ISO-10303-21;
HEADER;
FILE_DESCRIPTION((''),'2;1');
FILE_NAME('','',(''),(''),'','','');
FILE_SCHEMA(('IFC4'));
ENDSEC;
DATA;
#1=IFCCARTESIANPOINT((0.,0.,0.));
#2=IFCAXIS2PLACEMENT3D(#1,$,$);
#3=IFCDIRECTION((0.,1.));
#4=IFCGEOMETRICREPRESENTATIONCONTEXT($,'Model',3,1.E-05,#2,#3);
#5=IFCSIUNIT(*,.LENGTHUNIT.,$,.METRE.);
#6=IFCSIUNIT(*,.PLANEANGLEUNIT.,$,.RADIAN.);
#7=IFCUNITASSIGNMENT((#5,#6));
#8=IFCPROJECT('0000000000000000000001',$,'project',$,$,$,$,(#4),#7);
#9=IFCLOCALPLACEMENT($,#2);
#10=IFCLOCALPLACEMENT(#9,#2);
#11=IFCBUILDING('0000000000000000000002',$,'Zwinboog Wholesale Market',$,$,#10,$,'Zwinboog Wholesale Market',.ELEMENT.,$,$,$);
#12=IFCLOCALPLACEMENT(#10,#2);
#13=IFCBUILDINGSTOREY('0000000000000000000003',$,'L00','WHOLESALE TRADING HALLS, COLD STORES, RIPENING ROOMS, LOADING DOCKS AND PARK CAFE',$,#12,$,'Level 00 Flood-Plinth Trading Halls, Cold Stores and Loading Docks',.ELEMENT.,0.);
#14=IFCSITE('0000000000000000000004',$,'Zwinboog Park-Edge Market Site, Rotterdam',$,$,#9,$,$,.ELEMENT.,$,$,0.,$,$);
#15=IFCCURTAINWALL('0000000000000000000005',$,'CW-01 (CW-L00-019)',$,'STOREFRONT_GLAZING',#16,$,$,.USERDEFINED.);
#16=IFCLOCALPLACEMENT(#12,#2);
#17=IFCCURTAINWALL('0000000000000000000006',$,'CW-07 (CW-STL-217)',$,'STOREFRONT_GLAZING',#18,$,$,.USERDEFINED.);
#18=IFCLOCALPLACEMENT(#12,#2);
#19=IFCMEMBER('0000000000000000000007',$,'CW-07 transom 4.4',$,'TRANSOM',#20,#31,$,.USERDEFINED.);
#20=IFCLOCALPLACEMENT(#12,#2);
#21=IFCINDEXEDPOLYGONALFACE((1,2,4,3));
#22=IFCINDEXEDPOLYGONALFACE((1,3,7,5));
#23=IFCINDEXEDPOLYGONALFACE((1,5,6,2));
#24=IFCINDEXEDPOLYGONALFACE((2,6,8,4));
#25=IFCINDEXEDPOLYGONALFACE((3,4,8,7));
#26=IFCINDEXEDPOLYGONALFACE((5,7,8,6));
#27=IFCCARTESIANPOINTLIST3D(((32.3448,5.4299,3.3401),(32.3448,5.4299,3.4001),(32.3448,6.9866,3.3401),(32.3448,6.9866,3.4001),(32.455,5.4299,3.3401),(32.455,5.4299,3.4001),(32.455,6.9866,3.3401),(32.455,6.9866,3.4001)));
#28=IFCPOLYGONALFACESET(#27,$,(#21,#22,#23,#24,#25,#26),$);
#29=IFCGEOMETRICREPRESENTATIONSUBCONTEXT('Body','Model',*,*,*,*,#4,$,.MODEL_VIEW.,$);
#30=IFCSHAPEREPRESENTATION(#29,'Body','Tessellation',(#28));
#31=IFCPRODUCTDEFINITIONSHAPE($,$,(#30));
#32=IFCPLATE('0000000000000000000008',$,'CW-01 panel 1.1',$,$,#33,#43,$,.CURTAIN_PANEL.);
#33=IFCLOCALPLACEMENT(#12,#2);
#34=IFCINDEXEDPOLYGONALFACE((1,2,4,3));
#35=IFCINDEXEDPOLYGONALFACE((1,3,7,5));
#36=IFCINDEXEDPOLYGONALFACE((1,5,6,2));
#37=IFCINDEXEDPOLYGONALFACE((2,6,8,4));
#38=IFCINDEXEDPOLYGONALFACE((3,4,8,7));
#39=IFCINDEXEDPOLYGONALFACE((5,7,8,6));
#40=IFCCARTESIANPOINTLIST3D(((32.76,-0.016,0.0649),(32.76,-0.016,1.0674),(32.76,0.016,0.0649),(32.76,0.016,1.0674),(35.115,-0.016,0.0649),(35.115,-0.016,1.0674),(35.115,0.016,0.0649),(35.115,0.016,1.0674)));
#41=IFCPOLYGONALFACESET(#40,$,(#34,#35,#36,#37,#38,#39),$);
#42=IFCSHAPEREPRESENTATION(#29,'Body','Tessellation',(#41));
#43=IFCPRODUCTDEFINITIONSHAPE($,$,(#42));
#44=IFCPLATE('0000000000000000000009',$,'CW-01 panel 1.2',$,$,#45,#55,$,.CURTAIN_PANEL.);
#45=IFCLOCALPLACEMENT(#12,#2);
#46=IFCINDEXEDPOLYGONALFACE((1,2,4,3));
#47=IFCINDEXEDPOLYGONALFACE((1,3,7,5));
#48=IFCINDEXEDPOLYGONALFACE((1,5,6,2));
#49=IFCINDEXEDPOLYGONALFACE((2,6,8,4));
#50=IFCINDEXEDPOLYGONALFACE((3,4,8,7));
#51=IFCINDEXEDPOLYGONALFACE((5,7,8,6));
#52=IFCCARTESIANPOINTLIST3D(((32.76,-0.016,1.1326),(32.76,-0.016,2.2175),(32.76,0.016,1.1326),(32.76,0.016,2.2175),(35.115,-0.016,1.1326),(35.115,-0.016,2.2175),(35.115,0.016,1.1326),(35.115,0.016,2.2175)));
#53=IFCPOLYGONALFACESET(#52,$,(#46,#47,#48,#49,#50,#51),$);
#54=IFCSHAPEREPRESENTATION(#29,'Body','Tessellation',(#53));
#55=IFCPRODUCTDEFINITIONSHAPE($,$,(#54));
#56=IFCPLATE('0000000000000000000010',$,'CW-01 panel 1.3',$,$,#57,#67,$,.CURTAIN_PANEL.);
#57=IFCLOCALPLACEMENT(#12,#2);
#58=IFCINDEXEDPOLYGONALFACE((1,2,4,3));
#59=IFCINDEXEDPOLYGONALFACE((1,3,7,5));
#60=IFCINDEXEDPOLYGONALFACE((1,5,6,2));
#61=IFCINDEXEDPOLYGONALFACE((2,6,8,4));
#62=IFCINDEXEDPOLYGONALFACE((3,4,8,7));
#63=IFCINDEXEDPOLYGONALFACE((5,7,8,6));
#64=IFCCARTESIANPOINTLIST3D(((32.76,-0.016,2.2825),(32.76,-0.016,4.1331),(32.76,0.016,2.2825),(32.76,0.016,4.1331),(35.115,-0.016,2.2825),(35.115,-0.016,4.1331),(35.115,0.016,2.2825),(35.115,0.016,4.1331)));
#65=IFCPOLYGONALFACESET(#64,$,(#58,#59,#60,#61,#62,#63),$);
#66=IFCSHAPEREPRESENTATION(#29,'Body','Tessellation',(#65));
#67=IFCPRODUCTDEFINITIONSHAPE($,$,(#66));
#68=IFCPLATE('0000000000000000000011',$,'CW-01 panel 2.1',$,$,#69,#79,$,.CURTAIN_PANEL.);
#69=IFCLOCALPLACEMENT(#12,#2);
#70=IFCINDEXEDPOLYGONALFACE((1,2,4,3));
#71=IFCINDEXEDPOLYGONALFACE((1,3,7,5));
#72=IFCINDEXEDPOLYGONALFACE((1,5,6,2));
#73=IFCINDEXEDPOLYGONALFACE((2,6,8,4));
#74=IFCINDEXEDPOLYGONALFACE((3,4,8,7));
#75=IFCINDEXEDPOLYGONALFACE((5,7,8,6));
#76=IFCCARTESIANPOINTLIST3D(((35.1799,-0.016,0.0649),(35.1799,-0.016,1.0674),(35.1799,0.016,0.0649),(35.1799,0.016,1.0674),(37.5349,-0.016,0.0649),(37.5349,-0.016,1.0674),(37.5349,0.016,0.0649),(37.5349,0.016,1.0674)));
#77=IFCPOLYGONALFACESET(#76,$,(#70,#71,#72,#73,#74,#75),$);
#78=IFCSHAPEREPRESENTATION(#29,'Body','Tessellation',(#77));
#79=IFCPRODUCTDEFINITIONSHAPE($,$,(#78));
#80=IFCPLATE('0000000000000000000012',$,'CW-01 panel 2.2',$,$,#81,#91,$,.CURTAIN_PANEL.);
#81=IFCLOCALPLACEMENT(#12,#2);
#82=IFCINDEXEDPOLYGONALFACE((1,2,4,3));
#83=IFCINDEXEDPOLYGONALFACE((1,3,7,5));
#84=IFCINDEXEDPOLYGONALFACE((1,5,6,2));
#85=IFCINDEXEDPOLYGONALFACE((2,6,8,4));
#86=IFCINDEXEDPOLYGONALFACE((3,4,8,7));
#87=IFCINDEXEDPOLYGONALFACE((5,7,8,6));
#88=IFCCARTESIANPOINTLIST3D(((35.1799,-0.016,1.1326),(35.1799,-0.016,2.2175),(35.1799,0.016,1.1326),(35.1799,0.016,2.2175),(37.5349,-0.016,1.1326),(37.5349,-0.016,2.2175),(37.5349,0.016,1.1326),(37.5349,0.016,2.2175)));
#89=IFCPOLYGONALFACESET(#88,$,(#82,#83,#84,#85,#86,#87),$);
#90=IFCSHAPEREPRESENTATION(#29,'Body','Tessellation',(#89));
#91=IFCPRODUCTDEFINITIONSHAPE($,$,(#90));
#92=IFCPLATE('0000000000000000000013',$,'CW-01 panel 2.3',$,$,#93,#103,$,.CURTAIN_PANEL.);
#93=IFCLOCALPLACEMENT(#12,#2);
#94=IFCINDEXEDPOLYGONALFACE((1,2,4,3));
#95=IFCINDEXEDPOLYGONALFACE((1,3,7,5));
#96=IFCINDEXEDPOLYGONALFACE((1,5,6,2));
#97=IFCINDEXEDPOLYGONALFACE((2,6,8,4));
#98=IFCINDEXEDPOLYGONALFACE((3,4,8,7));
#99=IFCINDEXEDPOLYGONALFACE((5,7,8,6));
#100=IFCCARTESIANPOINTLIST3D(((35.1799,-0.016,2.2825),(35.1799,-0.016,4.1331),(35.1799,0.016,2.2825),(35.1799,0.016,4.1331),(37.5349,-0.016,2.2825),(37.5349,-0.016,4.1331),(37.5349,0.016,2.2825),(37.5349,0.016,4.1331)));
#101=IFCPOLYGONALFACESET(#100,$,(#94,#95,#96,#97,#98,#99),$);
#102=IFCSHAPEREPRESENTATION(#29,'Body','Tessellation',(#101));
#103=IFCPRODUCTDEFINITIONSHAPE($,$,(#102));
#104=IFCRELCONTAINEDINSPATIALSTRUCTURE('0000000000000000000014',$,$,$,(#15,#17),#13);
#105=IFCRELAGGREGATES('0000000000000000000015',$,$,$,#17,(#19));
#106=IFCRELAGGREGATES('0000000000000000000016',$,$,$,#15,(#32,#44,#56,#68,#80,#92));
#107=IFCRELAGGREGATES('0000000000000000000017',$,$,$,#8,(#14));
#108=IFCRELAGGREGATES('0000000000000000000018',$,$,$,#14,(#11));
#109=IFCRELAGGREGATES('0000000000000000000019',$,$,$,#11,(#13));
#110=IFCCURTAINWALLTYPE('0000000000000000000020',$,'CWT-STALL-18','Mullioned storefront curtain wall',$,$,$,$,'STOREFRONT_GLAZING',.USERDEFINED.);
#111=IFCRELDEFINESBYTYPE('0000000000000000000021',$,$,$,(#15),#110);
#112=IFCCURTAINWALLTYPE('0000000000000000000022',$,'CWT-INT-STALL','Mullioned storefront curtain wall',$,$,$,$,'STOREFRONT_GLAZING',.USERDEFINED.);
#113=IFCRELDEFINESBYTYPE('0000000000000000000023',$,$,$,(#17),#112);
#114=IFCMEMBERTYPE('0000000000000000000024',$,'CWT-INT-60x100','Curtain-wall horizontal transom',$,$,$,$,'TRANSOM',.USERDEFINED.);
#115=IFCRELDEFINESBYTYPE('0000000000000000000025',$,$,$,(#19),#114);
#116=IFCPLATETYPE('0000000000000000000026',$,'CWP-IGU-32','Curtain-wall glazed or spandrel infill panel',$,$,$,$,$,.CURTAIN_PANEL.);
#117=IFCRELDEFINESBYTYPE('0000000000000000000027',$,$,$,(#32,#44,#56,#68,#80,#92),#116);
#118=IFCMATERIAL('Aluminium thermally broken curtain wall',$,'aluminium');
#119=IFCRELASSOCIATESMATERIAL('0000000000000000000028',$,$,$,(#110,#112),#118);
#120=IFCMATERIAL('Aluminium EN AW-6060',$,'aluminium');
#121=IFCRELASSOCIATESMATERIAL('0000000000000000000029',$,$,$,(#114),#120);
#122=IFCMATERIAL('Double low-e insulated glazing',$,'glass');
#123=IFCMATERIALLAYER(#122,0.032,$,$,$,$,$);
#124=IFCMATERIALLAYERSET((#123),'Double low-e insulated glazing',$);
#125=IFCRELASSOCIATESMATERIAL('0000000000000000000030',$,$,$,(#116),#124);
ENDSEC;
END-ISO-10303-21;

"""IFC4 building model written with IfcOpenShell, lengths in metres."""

from ifc_helpers import new_model, si_unit, direction, frame, origin, origin_2d, place, context, subcontext, project, spatial, rectangle, extrude, material, layer, layer_set, material_profile, profile_set, type_object, element, aggregate, save


model = new_model("IFC4")

# Units and contexts
model_context = context("Model", 3, precision=1e-05, world=origin(), true_north=direction((0.0, 1.0)))
body_context = subcontext(model_context, "Body", "Model", "MODEL_VIEW")
ifc_project = project(units=[si_unit("LENGTHUNIT", "METRE"), si_unit("PLANEANGLEUNIT", "RADIAN")], contexts=[model_context])

# Site, building, storey
site_placement = place(None, origin())
site = spatial("IfcSite", under=ifc_project, at=site_placement, Name="Zwinboog Park-Edge Market Site, Rotterdam", CompositionType="ELEMENT", RefElevation=0.0)
building_placement = place(site_placement, origin())
building = spatial("IfcBuilding", under=site, at=building_placement, Name="Zwinboog Wholesale Market", LongName="Zwinboog Wholesale Market", CompositionType="ELEMENT")
storey_placement = place(building_placement, origin())
storey = spatial("IfcBuildingStorey", under=building, at=storey_placement, Name="L00", Description="WHOLESALE TRADING HALLS, COLD STORES, RIPENING ROOMS, LOADING DOCKS AND PARK CAFE", LongName="Level 00 Flood-Plinth Trading Halls, Cold Stores and Loading Docks", CompositionType="ELEMENT", Elevation=0.0)

# Curtain walls, member
ifc_material_1 = material(Name="Aluminium thermally broken curtain wall", Category="aluminium")
curtain_wall_type_1 = type_object("IfcCurtainWallType", Name="CWT-STALL-18", Description="Mullioned storefront curtain wall", ElementType="STOREFRONT_GLAZING", PredefinedType="USERDEFINED", material=ifc_material_1)
curtain_wall_1_placement = place(storey_placement, origin())
curtain_wall_1 = element("IfcCurtainWall", 1, at=curtain_wall_1_placement, inside=storey, type_object=curtain_wall_type_1, Name="CW-01 (CW-L00-019)", ObjectType="STOREFRONT_GLAZING", PredefinedType="USERDEFINED")
ifc_material_2 = material(Name="Aluminium EN AW-6060", Category="aluminium")
curtain_wall_type_2 = type_object("IfcCurtainWallType", Name="CWT-INT-STALL", Description="Mullioned storefront curtain wall", ElementType="STOREFRONT_GLAZING", PredefinedType="USERDEFINED", material=ifc_material_1)
curtain_wall_2_placement = place(storey_placement, origin())
curtain_wall_2 = element("IfcCurtainWall", 2, at=curtain_wall_2_placement, inside=storey, type_object=curtain_wall_type_2, Name="CW-07 (CW-STL-217)", ObjectType="STOREFRONT_GLAZING", PredefinedType="USERDEFINED")
ifc_material_profile_1 = material_profile(ifc_material_2, rectangle(XDim=0.1101, YDim=0.0601, at=origin_2d()), Name="AL 60x110")
ifc_profile_set_1 = profile_set([ifc_material_profile_1], Name="Aluminium EN AW-6060")
member_type_1 = type_object("IfcMemberType", Name="CWT-INT-60x100", Description="Curtain-wall horizontal transom", ElementType="TRANSOM", PredefinedType="USERDEFINED", material=ifc_profile_set_1)
member_1_placement = place(storey_placement, frame((32.3999, 5.4299, 3.3701), z_axis=(0.0, 1.0, 0.0), x_axis=(-1.0, 0.0, 0.0)))
member_1 = element("IfcMember", 3, at=member_1_placement, type_object=member_type_1, Name="CW-07 transom 4.4", ObjectType="TRANSOM", PredefinedType="USERDEFINED", context=body_context, shape_type="SweptSolid", body=[
    extrude(rectangle(XDim=0.1101, YDim=0.0601, at=origin_2d()), origin(), (0.0, 0.0, 1.0), 1.5566),
])
aggregate(curtain_wall_2, [member_1])

# Plates
ifc_material_3 = material(Name="Double low-e insulated glazing", Category="glass")
ifc_layer = layer(ifc_material_3, 0.032)
ifc_layer_set = layer_set([ifc_layer], Name="Double low-e insulated glazing")
plate_type = type_object("IfcPlateType", Name="CWP-IGU-32", Description="Curtain-wall glazed or spandrel infill panel", PredefinedType="CURTAIN_PANEL", material=ifc_layer_set)
plate_1_placement = place(storey_placement, frame((33.9375, 0.0, 0.0649), z_axis=(0.0, 0.0, 1.0), x_axis=(1.0, 0.0, 0.0)))
plate_1 = element("IfcPlate", 4, at=plate_1_placement, type_object=plate_type, Name="CW-01 panel 1.1", PredefinedType="CURTAIN_PANEL", context=body_context, shape_type="SweptSolid", body=[
    extrude(rectangle(XDim=2.355, YDim=0.032, at=origin_2d()), origin(), (0.0, 0.0, 1.0), 1.0024),
])
plate_2_placement = place(storey_placement, frame((33.9375, 0.0, 1.1326), z_axis=(0.0, 0.0, 1.0), x_axis=(1.0, 0.0, 0.0)))
plate_2 = element("IfcPlate", 5, at=plate_2_placement, type_object=plate_type, Name="CW-01 panel 1.2", PredefinedType="CURTAIN_PANEL", context=body_context, shape_type="SweptSolid", body=[
    extrude(rectangle(XDim=2.355, YDim=0.032, at=origin_2d()), origin(), (0.0, 0.0, 1.0), 1.085),
])
plate_3_placement = place(storey_placement, frame((33.9375, 0.0, 2.2825), z_axis=(0.0, 0.0, 1.0), x_axis=(1.0, 0.0, 0.0)))
plate_3 = element("IfcPlate", 6, at=plate_3_placement, type_object=plate_type, Name="CW-01 panel 1.3", PredefinedType="CURTAIN_PANEL", context=body_context, shape_type="SweptSolid", body=[
    extrude(rectangle(XDim=2.355, YDim=0.032, at=origin_2d()), origin(), (0.0, 0.0, 1.0), 1.8506),
])
plate_4_placement = place(storey_placement, frame((36.3574, 0.0, 0.0649), z_axis=(0.0, 0.0, 1.0), x_axis=(1.0, 0.0, 0.0)))
plate_4 = element("IfcPlate", 7, at=plate_4_placement, type_object=plate_type, Name="CW-01 panel 2.1", PredefinedType="CURTAIN_PANEL", context=body_context, shape_type="SweptSolid", body=[
    extrude(rectangle(XDim=2.355, YDim=0.032, at=origin_2d()), origin(), (0.0, 0.0, 1.0), 1.0024),
])
plate_5_placement = place(storey_placement, frame((36.3574, 0.0, 1.1326), z_axis=(0.0, 0.0, 1.0), x_axis=(1.0, 0.0, 0.0)))
plate_5 = element("IfcPlate", 8, at=plate_5_placement, type_object=plate_type, Name="CW-01 panel 2.2", PredefinedType="CURTAIN_PANEL", context=body_context, shape_type="SweptSolid", body=[
    extrude(rectangle(XDim=2.355, YDim=0.032, at=origin_2d()), origin(), (0.0, 0.0, 1.0), 1.085),
])
plate_6_placement = place(storey_placement, frame((36.3574, 0.0, 2.2825), z_axis=(0.0, 0.0, 1.0), x_axis=(1.0, 0.0, 0.0)))
plate_6 = element("IfcPlate", 9, at=plate_6_placement, type_object=plate_type, Name="CW-01 panel 2.3", PredefinedType="CURTAIN_PANEL", context=body_context, shape_type="SweptSolid", body=[
    extrude(rectangle(XDim=2.355, YDim=0.032, at=origin_2d()), origin(), (0.0, 0.0, 1.0), 1.8506),
])
aggregate(curtain_wall_1, [plate_1, plate_2, plate_3, plate_4, plate_5, plate_6])

save(model, "model.ifc")
